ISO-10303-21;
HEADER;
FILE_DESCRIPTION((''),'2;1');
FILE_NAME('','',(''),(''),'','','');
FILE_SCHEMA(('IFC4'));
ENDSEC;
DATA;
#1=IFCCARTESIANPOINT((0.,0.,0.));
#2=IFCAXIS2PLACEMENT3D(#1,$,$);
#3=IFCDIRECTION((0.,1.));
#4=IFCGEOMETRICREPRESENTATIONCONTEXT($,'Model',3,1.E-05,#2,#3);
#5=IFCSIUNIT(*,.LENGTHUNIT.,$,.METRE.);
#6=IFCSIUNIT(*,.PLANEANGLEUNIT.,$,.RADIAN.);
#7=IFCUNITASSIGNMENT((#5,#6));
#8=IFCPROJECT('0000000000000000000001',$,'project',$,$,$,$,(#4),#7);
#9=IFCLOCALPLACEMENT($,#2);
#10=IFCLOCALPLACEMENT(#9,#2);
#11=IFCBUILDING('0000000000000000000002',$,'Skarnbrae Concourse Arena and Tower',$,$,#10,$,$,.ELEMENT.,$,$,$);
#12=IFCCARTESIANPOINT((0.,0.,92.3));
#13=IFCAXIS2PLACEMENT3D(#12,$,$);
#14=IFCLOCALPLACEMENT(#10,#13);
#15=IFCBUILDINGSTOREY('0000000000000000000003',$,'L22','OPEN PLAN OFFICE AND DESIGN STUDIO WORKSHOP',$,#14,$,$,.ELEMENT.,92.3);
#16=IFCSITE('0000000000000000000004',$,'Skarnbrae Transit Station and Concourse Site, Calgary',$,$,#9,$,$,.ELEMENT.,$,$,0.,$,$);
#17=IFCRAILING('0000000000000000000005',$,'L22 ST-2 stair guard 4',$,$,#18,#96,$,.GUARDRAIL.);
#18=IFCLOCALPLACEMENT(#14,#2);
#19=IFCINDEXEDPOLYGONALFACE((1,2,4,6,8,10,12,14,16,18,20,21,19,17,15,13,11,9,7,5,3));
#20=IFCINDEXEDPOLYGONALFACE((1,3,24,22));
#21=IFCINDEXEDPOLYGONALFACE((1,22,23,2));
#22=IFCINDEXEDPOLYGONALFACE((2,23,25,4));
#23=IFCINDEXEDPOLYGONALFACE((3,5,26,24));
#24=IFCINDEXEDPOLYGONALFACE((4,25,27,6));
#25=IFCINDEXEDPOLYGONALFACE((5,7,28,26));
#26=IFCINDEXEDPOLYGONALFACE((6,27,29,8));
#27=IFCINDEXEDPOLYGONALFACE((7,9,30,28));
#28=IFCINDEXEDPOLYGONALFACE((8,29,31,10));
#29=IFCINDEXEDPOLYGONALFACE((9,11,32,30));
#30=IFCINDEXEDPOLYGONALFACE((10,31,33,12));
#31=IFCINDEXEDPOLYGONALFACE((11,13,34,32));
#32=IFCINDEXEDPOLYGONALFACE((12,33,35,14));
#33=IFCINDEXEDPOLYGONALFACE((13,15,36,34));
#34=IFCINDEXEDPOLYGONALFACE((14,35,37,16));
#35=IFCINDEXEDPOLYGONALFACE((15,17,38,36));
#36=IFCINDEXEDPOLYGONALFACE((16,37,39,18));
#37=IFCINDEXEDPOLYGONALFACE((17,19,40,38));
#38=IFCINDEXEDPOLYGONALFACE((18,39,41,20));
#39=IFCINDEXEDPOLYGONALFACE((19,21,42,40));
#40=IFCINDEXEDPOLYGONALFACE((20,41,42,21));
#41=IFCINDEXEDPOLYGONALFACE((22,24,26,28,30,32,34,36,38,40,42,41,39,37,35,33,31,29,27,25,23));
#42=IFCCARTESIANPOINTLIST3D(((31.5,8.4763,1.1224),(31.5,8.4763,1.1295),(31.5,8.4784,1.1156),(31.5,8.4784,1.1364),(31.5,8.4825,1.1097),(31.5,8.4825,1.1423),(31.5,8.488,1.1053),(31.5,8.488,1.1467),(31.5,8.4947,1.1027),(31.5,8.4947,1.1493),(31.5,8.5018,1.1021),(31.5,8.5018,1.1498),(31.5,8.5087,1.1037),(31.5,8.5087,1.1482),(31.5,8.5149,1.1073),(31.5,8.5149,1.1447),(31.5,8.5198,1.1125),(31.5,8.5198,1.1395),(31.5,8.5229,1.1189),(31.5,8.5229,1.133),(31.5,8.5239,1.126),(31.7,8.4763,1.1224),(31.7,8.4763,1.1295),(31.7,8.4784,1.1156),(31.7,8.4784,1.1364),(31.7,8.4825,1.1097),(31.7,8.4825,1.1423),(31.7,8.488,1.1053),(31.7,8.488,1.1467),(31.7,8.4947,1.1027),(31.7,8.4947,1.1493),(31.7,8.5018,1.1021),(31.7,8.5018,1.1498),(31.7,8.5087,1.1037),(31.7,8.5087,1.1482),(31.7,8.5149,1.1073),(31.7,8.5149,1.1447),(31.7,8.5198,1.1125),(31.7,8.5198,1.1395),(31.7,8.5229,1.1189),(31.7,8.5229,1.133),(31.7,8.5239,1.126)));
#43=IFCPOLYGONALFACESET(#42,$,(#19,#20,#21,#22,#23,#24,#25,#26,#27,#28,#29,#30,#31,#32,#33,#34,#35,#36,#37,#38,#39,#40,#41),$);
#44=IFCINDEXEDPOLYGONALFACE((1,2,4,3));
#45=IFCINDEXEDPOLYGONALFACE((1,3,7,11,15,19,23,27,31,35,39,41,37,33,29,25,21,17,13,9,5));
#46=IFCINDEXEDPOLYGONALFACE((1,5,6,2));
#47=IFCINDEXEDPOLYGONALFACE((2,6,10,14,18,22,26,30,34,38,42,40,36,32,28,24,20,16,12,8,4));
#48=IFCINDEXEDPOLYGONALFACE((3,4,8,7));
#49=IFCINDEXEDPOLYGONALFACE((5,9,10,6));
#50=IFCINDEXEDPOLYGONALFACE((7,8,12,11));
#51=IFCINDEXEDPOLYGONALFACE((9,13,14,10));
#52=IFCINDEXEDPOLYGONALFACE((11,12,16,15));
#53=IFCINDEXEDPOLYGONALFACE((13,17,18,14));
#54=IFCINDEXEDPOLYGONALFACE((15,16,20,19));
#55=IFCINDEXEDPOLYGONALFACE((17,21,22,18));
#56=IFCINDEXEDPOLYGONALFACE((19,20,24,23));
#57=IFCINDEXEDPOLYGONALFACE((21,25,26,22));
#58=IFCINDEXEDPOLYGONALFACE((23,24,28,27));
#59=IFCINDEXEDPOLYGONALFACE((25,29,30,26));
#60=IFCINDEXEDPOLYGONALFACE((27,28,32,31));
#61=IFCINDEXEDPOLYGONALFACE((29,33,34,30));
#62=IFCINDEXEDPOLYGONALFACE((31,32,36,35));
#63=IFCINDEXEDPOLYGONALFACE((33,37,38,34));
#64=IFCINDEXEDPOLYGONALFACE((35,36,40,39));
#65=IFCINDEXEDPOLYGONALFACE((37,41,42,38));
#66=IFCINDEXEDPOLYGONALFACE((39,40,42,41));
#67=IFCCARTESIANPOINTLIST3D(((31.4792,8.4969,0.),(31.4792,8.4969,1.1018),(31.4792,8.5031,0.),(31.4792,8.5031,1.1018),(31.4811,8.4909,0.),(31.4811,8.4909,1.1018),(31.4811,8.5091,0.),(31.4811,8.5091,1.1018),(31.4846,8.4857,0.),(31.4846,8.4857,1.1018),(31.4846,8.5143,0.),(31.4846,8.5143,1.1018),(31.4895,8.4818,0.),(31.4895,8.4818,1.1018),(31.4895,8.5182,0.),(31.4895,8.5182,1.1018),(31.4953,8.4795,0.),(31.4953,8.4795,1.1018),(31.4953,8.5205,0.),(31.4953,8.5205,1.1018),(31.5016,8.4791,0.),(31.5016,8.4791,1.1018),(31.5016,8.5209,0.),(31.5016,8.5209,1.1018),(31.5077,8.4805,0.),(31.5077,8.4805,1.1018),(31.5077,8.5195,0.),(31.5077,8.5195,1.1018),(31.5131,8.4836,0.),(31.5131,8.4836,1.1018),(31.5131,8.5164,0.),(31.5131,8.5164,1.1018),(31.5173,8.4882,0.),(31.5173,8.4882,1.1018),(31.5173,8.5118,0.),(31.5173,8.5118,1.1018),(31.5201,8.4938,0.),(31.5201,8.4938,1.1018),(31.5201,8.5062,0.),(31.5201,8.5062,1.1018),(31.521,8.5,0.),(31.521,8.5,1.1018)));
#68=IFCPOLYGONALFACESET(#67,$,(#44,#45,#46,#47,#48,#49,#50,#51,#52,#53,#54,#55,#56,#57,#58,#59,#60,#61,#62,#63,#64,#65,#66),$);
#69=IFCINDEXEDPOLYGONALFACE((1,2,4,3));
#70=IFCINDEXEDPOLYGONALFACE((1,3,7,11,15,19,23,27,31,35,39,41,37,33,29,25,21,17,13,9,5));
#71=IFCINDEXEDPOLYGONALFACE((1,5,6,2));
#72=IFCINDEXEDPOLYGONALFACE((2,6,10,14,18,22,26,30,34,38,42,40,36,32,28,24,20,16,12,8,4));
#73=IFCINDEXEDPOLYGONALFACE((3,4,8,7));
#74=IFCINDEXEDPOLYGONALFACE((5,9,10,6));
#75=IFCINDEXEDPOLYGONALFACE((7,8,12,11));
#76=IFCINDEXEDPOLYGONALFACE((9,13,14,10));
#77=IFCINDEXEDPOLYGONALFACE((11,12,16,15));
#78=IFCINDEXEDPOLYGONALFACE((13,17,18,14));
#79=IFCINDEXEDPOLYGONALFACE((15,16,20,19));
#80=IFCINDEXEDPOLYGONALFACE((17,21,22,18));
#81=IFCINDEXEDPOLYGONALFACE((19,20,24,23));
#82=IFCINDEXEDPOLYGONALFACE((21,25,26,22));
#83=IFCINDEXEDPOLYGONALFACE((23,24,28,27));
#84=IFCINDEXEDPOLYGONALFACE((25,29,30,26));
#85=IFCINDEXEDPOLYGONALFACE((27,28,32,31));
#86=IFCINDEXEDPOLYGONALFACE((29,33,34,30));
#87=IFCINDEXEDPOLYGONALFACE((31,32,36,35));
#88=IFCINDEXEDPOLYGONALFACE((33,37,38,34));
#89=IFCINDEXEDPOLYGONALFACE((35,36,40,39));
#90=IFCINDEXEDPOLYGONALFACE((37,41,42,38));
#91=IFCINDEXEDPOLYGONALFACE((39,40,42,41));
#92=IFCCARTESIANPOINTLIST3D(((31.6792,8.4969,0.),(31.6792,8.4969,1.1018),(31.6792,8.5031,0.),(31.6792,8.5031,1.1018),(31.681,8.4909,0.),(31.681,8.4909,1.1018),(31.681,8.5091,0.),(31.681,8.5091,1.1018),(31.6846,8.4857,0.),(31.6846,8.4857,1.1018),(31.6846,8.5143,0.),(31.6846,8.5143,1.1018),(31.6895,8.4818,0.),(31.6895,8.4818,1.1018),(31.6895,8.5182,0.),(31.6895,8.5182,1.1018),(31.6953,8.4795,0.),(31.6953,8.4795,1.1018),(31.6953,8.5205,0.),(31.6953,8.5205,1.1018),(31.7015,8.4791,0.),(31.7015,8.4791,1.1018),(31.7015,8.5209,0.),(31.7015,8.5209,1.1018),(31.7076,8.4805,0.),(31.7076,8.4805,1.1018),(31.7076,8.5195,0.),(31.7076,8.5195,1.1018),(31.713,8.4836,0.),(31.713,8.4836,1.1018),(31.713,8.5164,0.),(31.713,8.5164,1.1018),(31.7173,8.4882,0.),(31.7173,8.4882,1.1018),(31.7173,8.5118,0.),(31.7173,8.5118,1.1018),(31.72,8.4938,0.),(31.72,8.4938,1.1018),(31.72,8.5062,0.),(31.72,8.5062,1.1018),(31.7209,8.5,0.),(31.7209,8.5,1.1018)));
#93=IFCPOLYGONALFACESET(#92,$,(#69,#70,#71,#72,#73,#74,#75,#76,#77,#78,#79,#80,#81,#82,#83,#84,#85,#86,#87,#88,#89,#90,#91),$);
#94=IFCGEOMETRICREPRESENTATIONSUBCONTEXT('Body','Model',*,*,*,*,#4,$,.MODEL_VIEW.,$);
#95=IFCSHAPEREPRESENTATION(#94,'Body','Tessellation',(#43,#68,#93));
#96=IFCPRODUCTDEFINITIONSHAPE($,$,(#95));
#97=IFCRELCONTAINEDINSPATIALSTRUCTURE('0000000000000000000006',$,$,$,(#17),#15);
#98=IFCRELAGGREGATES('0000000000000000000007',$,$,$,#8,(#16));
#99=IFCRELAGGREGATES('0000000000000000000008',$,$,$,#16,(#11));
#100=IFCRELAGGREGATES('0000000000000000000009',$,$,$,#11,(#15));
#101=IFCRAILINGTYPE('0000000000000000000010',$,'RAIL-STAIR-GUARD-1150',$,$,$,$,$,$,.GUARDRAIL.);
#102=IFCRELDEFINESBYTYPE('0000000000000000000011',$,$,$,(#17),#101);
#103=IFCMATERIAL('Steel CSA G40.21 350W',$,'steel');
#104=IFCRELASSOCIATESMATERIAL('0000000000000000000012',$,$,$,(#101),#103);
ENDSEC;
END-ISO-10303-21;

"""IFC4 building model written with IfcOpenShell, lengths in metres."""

from ifc_helpers import new_model, si_unit, direction, frame, origin, origin_2d, place, context, subcontext, project, spatial, circle, extrude, material, type_object, element, save


model = new_model("IFC4")

# Units and contexts
model_context = context("Model", 3, precision=1e-05, world=origin(), true_north=direction((0.0, 1.0)))
body_context = subcontext(model_context, "Body", "Model", "MODEL_VIEW")
ifc_project = project(units=[si_unit("LENGTHUNIT", "METRE"), si_unit("PLANEANGLEUNIT", "RADIAN")], contexts=[model_context])

# Site, building, storey
site_placement = place(None, origin())
site = spatial("IfcSite", under=ifc_project, at=site_placement, Name="Skarnbrae Transit Station and Concourse Site, Calgary", CompositionType="ELEMENT", RefElevation=0.0)
building_placement = place(site_placement, origin())
building = spatial("IfcBuilding", under=site, at=building_placement, Name="Skarnbrae Concourse Arena and Tower", CompositionType="ELEMENT")
storey_placement = place(building_placement, frame((0.0, 0.0, 92.3)))
storey = spatial("IfcBuildingStorey", under=building, at=storey_placement, Name="L22", Description="OPEN PLAN OFFICE AND DESIGN STUDIO WORKSHOP", CompositionType="ELEMENT", Elevation=92.3)

# Shared definitions
ifc_material_1 = material(Name="Steel CSA G40.21 350W", Category="steel")

# Railing
railing_type_1 = type_object("IfcRailingType", Name="RAIL-STAIR-GUARD-1150", PredefinedType="GUARDRAIL", material=ifc_material_1)
railing_1_placement = place(storey_placement, frame((31.5, 8.5, 0.0)))
element("IfcRailing", 1, at=railing_1_placement, inside=storey, type_object=railing_type_1, Name="L22 ST-2 stair guard 4", PredefinedType="GUARDRAIL", context=body_context, shape_type="SweptSolid", body=[
    extrude(circle(Radius=0.0239, at=origin_2d()), frame((0.0, 0.0, 1.126), z_axis=(1.0, 0.0, 0.0), x_axis=(0.0, 1.0, 0.0)), (0.0, 0.0, 1.0), 0.2),
    extrude(circle(Radius=0.021, at=origin_2d()), origin(), (0.0, 0.0, 1.0), 1.1018),
    extrude(circle(Radius=0.021, at=origin_2d()), frame((0.2, 0.0, 0.0)), (0.0, 0.0, 1.0), 1.1018),
])

save(model, "model.ifc")
